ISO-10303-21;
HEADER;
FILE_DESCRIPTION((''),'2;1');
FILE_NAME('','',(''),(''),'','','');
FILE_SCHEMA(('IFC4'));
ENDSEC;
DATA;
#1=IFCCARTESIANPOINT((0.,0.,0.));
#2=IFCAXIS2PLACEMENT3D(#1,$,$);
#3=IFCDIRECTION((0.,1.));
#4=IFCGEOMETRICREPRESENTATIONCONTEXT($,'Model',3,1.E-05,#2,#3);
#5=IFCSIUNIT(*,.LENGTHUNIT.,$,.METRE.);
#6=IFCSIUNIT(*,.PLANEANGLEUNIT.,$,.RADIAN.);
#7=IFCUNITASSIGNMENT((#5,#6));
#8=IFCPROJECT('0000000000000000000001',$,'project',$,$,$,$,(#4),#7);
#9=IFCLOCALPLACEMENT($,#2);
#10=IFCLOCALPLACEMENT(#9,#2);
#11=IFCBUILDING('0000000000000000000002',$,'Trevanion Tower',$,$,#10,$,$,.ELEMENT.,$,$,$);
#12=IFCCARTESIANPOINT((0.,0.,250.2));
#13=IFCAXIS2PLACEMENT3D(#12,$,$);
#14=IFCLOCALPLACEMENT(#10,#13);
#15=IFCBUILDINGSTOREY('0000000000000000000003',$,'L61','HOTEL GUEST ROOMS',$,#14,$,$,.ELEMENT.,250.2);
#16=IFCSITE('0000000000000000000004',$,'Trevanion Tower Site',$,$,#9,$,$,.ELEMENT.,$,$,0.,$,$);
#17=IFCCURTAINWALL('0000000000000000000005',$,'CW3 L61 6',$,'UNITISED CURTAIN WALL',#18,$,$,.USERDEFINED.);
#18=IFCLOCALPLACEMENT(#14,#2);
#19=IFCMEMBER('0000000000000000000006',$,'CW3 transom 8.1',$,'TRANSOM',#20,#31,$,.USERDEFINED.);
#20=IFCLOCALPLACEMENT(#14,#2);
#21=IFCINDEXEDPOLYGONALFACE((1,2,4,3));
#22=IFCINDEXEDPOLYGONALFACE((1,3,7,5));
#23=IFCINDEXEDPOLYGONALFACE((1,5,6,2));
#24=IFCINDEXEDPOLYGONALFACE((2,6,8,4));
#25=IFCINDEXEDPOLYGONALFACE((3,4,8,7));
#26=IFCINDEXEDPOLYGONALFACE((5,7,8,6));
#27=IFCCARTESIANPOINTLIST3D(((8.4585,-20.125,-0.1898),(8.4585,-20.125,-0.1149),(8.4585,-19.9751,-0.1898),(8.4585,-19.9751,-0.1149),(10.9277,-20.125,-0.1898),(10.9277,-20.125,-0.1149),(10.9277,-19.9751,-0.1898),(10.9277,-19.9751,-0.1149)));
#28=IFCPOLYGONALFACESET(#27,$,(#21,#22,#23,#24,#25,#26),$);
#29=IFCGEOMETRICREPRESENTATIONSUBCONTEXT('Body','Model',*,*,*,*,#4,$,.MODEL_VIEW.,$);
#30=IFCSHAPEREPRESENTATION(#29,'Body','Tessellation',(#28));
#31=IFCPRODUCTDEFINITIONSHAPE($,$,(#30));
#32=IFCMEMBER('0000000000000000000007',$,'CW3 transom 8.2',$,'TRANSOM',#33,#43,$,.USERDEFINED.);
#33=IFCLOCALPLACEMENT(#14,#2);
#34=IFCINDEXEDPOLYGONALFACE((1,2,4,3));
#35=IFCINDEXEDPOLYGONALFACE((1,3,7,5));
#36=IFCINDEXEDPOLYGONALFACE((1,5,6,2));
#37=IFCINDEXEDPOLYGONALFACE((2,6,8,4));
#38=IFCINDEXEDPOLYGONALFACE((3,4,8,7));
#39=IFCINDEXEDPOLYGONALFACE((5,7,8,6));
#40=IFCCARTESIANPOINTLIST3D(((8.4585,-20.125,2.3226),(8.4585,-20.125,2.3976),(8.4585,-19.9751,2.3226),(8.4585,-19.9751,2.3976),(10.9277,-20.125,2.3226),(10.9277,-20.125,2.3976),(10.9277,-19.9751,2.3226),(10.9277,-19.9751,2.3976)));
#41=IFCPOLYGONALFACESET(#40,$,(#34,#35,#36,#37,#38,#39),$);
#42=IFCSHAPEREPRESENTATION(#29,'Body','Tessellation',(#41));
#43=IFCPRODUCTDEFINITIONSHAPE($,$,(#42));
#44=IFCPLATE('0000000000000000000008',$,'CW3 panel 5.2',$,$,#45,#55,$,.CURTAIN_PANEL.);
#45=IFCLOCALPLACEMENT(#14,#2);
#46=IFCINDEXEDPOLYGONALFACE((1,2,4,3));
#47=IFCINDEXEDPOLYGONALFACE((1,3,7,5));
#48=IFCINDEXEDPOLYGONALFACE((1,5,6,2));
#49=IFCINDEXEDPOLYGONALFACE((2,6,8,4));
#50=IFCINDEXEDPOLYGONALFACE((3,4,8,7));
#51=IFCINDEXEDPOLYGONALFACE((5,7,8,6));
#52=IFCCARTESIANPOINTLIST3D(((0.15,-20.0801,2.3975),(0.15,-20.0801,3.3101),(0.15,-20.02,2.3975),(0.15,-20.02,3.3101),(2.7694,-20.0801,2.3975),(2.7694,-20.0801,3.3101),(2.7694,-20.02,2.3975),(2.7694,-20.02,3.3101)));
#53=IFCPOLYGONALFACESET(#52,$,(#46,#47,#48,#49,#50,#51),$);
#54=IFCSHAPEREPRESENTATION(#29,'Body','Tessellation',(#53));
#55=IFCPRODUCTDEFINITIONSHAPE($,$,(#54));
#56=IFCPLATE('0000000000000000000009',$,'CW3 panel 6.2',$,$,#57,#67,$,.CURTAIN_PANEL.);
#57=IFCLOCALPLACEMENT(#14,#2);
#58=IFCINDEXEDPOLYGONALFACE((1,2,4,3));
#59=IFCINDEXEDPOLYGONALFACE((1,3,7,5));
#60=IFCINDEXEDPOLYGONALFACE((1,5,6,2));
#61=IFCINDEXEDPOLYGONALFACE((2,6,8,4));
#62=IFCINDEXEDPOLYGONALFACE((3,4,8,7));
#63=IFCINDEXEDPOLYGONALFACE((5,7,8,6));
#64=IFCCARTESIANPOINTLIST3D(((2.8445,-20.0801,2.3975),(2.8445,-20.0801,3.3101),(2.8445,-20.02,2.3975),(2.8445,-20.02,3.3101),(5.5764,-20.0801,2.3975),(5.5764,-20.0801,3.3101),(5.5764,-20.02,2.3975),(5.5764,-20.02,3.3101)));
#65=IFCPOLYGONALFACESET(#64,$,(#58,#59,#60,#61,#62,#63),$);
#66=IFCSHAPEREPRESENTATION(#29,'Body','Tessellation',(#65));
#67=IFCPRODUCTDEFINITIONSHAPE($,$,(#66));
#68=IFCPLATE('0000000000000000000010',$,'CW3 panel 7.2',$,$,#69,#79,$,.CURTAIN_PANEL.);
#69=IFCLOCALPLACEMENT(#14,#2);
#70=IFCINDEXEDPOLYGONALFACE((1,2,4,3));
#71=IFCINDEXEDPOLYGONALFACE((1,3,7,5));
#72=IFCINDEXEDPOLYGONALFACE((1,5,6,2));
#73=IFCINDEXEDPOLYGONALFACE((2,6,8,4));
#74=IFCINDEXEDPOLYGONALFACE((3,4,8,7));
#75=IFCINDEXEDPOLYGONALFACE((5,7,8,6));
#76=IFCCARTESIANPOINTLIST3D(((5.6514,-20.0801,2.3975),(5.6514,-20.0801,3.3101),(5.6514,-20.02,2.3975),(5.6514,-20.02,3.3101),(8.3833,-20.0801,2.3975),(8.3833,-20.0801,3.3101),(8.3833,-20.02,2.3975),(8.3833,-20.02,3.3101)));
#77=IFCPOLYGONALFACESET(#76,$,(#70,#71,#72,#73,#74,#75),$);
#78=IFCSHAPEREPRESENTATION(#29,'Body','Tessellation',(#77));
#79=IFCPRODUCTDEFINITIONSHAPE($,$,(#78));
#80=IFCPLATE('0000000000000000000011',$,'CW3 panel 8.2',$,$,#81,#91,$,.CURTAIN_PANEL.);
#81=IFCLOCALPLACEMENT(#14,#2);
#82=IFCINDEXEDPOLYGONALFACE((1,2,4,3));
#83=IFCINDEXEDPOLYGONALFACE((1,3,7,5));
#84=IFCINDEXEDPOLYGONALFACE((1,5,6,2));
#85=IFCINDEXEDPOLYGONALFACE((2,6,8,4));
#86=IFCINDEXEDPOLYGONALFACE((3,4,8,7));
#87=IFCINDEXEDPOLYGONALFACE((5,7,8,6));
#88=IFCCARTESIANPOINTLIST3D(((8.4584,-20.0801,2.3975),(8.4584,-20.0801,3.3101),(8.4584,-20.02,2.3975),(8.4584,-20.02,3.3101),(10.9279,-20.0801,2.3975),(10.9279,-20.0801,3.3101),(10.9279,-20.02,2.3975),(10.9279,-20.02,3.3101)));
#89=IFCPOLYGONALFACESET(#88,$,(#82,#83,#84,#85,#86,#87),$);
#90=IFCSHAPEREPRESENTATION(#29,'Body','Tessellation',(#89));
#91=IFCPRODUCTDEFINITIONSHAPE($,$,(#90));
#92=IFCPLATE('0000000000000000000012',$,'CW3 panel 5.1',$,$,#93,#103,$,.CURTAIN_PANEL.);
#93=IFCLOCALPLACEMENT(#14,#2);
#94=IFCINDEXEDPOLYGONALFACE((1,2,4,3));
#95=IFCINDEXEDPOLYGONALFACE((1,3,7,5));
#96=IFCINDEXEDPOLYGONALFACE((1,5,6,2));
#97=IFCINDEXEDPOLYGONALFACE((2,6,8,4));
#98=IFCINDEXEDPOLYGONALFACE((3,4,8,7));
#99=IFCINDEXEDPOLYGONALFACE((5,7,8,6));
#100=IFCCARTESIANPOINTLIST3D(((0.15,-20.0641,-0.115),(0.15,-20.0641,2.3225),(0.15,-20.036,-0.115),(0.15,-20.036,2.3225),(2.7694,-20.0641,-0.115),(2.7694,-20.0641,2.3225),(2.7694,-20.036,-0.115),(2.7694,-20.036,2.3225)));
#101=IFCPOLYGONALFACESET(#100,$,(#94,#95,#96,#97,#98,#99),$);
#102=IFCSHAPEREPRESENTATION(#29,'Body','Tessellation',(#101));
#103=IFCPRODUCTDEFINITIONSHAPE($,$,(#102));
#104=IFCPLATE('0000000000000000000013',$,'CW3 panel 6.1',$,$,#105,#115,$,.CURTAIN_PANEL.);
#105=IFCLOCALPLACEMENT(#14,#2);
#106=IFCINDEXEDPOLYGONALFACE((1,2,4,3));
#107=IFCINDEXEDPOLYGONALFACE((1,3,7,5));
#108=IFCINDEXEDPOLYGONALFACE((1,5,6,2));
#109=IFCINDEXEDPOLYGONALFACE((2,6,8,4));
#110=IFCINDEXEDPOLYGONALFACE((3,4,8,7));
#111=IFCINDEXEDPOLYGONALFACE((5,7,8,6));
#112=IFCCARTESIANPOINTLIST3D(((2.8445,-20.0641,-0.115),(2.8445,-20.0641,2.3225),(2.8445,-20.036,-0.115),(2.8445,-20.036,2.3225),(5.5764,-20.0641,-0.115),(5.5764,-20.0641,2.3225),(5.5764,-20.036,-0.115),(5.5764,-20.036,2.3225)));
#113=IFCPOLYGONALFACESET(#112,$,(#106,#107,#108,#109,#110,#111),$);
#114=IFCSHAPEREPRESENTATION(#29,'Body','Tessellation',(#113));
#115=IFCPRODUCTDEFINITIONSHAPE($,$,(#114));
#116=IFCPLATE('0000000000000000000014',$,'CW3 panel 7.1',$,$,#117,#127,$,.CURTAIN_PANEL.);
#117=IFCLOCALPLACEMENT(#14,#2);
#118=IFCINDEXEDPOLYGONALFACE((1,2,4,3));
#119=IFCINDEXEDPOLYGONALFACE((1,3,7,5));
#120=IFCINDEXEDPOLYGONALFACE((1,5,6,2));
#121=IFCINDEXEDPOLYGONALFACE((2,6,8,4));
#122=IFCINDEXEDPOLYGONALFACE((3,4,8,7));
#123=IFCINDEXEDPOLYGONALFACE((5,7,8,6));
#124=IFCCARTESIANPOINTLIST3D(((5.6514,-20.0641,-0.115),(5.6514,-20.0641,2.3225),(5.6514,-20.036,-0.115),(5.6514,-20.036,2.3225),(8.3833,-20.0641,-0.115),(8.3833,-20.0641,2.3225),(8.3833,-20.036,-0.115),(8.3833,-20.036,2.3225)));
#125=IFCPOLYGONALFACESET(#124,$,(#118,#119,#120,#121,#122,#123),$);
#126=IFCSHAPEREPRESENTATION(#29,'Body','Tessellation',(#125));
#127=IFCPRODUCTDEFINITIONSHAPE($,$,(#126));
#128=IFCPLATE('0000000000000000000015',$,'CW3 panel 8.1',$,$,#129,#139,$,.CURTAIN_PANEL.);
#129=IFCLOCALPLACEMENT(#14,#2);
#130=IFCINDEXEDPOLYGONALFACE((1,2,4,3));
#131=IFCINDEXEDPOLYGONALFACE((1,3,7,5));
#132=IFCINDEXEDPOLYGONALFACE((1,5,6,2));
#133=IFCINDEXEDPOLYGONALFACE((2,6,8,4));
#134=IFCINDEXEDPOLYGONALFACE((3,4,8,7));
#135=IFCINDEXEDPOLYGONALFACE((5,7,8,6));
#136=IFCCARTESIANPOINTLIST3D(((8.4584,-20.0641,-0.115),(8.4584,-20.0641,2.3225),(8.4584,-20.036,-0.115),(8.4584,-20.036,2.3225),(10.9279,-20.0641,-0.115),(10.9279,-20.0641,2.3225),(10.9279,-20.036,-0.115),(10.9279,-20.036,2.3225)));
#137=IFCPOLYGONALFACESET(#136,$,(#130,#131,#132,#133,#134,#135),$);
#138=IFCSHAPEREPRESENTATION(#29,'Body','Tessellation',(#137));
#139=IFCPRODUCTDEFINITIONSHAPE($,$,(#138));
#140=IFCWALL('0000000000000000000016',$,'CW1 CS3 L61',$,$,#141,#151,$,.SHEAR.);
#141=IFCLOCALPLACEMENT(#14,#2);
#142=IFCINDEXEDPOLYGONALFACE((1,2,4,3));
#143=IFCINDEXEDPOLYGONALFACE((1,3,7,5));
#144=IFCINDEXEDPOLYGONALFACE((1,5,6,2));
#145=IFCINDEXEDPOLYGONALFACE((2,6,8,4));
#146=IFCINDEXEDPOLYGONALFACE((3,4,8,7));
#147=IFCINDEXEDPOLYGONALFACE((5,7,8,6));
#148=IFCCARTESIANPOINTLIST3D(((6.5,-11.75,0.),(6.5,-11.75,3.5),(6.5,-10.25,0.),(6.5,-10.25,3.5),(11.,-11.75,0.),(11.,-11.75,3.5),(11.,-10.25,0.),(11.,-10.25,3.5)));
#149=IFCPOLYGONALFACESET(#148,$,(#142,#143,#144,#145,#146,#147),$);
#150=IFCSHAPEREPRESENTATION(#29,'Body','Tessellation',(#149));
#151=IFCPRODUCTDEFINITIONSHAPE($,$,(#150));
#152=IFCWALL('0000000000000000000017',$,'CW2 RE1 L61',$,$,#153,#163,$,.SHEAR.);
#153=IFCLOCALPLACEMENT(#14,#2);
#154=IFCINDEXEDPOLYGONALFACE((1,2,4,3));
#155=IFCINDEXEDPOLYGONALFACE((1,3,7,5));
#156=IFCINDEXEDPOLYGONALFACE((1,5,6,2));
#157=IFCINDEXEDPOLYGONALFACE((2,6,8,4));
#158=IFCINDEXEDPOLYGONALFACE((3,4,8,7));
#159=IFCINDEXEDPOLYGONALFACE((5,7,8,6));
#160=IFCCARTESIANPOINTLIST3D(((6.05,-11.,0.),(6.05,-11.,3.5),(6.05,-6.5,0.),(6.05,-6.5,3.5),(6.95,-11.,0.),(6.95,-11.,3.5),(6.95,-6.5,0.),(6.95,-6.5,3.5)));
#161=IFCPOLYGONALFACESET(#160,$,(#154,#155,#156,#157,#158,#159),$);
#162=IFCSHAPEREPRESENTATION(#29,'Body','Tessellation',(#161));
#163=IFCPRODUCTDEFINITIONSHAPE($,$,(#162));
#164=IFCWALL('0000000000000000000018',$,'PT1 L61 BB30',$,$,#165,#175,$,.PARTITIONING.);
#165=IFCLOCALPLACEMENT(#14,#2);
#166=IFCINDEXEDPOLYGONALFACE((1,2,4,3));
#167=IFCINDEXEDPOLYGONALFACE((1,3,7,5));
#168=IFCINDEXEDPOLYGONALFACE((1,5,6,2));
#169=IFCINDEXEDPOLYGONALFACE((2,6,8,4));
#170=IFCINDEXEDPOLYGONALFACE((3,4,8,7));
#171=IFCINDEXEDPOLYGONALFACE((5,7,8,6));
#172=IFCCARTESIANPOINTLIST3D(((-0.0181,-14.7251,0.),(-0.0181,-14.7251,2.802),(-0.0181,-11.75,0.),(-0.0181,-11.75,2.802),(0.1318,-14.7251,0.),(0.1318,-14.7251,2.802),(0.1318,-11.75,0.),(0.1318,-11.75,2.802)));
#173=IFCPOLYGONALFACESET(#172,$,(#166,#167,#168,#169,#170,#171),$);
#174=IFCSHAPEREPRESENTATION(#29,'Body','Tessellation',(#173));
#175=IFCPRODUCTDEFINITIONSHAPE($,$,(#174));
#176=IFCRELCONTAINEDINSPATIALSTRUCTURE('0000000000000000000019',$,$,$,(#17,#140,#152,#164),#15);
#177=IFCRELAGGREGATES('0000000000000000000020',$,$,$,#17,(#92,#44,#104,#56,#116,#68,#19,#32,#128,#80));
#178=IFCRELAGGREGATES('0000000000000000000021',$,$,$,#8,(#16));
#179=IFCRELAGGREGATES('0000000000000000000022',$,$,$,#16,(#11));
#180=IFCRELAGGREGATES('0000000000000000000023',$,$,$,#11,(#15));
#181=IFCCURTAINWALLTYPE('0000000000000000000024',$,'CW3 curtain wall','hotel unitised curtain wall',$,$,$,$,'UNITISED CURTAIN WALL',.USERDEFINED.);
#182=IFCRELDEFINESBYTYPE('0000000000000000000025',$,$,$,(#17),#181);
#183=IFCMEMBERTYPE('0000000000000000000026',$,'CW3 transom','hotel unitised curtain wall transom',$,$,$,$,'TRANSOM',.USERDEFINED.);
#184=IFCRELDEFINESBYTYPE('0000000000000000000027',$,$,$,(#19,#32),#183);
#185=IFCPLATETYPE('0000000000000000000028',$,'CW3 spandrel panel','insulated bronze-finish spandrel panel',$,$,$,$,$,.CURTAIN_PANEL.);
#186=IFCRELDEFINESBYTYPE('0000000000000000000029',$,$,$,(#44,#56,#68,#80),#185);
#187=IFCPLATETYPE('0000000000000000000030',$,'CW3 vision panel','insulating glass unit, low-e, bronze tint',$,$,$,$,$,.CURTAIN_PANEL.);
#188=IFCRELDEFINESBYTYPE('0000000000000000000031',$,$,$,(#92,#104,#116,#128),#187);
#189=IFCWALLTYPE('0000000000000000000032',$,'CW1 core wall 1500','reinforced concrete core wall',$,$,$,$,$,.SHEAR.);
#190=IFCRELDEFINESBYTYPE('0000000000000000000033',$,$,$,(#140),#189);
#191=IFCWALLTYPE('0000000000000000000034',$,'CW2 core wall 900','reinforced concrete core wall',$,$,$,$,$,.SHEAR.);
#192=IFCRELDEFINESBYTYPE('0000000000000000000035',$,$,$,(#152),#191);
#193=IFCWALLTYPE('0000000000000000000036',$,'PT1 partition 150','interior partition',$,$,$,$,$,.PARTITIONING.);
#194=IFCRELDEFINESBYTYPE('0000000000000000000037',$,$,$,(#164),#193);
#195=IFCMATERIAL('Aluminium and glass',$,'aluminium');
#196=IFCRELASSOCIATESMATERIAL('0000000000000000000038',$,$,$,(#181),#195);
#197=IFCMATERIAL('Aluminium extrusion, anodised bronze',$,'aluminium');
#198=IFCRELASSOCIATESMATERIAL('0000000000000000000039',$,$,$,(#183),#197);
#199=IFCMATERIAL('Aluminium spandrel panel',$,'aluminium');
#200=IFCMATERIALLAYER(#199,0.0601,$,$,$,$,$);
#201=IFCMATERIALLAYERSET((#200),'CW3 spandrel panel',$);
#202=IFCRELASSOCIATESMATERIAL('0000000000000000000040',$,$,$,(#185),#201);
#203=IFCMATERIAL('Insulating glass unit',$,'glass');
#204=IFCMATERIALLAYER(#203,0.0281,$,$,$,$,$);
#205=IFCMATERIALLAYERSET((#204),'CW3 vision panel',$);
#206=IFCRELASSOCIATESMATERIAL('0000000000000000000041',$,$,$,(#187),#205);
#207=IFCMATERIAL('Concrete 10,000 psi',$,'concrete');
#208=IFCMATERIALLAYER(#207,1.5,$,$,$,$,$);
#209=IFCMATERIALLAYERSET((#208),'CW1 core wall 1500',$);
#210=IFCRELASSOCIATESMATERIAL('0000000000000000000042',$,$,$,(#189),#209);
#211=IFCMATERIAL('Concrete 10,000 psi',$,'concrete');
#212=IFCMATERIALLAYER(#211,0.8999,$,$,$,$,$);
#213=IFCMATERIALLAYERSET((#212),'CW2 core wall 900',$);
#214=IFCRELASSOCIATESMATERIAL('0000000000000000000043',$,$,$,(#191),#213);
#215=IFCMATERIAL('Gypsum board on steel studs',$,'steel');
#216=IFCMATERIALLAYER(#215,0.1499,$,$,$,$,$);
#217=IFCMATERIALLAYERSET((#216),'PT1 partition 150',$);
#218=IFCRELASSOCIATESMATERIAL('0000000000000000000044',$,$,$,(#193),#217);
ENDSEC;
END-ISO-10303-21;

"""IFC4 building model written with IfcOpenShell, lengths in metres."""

from ifc_helpers import new_model, si_unit, direction, frame, frame_2d, origin, origin_2d, place, context, subcontext, project, spatial, rectangle, extrude, material, layer, layer_set, material_profile, profile_set, type_object, element, aggregate, save


model = new_model("IFC4")

# Units and contexts
model_context = context("Model", 3, precision=1e-05, world=origin(), true_north=direction((0.0, 1.0)))
body_context = subcontext(model_context, "Body", "Model", "MODEL_VIEW")
ifc_project = project(units=[si_unit("LENGTHUNIT", "METRE"), si_unit("PLANEANGLEUNIT", "RADIAN")], contexts=[model_context])

# Site, building, storey
site_placement = place(None, origin())
site = spatial("IfcSite", under=ifc_project, at=site_placement, Name="Trevanion Tower Site", CompositionType="ELEMENT", RefElevation=0.0)
building_placement = place(site_placement, origin())
building = spatial("IfcBuilding", under=site, at=building_placement, Name="Trevanion Tower", CompositionType="ELEMENT")
storey_placement = place(building_placement, frame((0.0, 0.0, 250.2)))
storey = spatial("IfcBuildingStorey", under=building, at=storey_placement, Name="L61", Description="HOTEL GUEST ROOMS", CompositionType="ELEMENT", Elevation=250.2)

# Curtain wall, members, plates
ifc_material_1 = material(Name="Aluminium and glass", Category="aluminium")
curtain_wall_type = type_object("IfcCurtainWallType", Name="CW3 curtain wall", Description="hotel unitised curtain wall", ElementType="UNITISED CURTAIN WALL", PredefinedType="USERDEFINED", material=ifc_material_1)
curtain_wall_placement = place(storey_placement, origin())
curtain_wall = element("IfcCurtainWall", 1, at=curtain_wall_placement, inside=storey, type_object=curtain_wall_type, Name="CW3 L61 6", ObjectType="UNITISED CURTAIN WALL", PredefinedType="USERDEFINED")
ifc_material_2 = material(Name="Aluminium extrusion, anodised bronze", Category="aluminium")
ifc_material_profile_1 = material_profile(ifc_material_2, rectangle(XDim=0.1499, YDim=0.075, at=origin_2d()), Name="CW3 transom")
ifc_profile_set_1 = profile_set([ifc_material_profile_1], Name="Aluminium extrusion, anodised bronze")
member_type_1 = type_object("IfcMemberType", Name="CW3 transom", Description="hotel unitised curtain wall transom", ElementType="TRANSOM", PredefinedType="USERDEFINED", material=ifc_profile_set_1)
member_1_placement = place(storey_placement, frame((8.4585, -20.05, -0.1523), z_axis=(1.0, 0.0, 0.0), x_axis=(0.0, 1.0, 0.0)))
member_1 = element("IfcMember", 2, at=member_1_placement, type_object=member_type_1, Name="CW3 transom 8.1", ObjectType="TRANSOM", PredefinedType="USERDEFINED", context=body_context, shape_type="SweptSolid", body=[
    extrude(rectangle(XDim=0.1499, YDim=0.075, at=origin_2d()), origin(), (0.0, 0.0, 1.0), 2.4692),
])
member_2_placement = place(storey_placement, frame((8.4585, -20.05, 2.3601), z_axis=(1.0, 0.0, 0.0), x_axis=(0.0, 1.0, 0.0)))
member_2 = element("IfcMember", 3, at=member_2_placement, type_object=member_type_1, Name="CW3 transom 8.2", ObjectType="TRANSOM", PredefinedType="USERDEFINED", context=body_context, shape_type="SweptSolid", body=[
    extrude(rectangle(XDim=0.1499, YDim=0.075, at=origin_2d()), origin(), (0.0, 0.0, 1.0), 2.4692),
])
ifc_material_3 = material(Name="Aluminium spandrel panel", Category="aluminium")
ifc_layer_1 = layer(ifc_material_3, 0.0601)
ifc_layer_set_1 = layer_set([ifc_layer_1], Name="CW3 spandrel panel")
plate_type_1 = type_object("IfcPlateType", Name="CW3 spandrel panel", Description="insulated bronze-finish spandrel panel", PredefinedType="CURTAIN_PANEL", material=ifc_layer_set_1)
plate_1_placement = place(storey_placement, frame((1.4597, -20.05, 2.3975), z_axis=(0.0, 0.0, 1.0), x_axis=(1.0, 0.0, 0.0)))
plate_1 = element("IfcPlate", 4, at=plate_1_placement, type_object=plate_type_1, Name="CW3 panel 5.2", PredefinedType="CURTAIN_PANEL", context=body_context, shape_type="SweptSolid", body=[
    extrude(rectangle(XDim=2.6194, YDim=0.0601, at=origin_2d()), origin(), (0.0, 0.0, 1.0), 0.9126),
])
plate_2_placement = place(storey_placement, frame((4.2104, -20.05, 2.3975), z_axis=(0.0, 0.0, 1.0), x_axis=(1.0, 0.0, 0.0)))
plate_2 = element("IfcPlate", 5, at=plate_2_placement, type_object=plate_type_1, Name="CW3 panel 6.2", PredefinedType="CURTAIN_PANEL", context=body_context, shape_type="SweptSolid", body=[
    extrude(rectangle(XDim=2.7319, YDim=0.0601, at=origin_2d()), origin(), (0.0, 0.0, 1.0), 0.9126),
])
plate_3_placement = place(storey_placement, frame((7.0173, -20.05, 2.3975), z_axis=(0.0, 0.0, 1.0), x_axis=(1.0, 0.0, 0.0)))
plate_3 = element("IfcPlate", 6, at=plate_3_placement, type_object=plate_type_1, Name="CW3 panel 7.2", PredefinedType="CURTAIN_PANEL", context=body_context, shape_type="SweptSolid", body=[
    extrude(rectangle(XDim=2.7319, YDim=0.0601, at=origin_2d()), origin(), (0.0, 0.0, 1.0), 0.9126),
])
plate_4_placement = place(storey_placement, frame((9.6931, -20.05, 2.3975), z_axis=(0.0, 0.0, 1.0), x_axis=(1.0, 0.0, 0.0)))
plate_4 = element("IfcPlate", 7, at=plate_4_placement, type_object=plate_type_1, Name="CW3 panel 8.2", PredefinedType="CURTAIN_PANEL", context=body_context, shape_type="SweptSolid", body=[
    extrude(rectangle(XDim=2.4695, YDim=0.0601, at=origin_2d()), origin(), (0.0, 0.0, 1.0), 0.9126),
])
ifc_material_4 = material(Name="Insulating glass unit", Category="glass")
ifc_layer_2 = layer(ifc_material_4, 0.0281)
ifc_layer_set_2 = layer_set([ifc_layer_2], Name="CW3 vision panel")
plate_type_2 = type_object("IfcPlateType", Name="CW3 vision panel", Description="insulating glass unit, low-e, bronze tint", PredefinedType="CURTAIN_PANEL", material=ifc_layer_set_2)
plate_5_placement = place(storey_placement, frame((1.4597, -20.05, -0.115), z_axis=(0.0, 0.0, 1.0), x_axis=(1.0, 0.0, 0.0)))
plate_5 = element("IfcPlate", 8, at=plate_5_placement, type_object=plate_type_2, Name="CW3 panel 5.1", PredefinedType="CURTAIN_PANEL", context=body_context, shape_type="SweptSolid", body=[
    extrude(rectangle(XDim=2.6194, YDim=0.0281, at=origin_2d()), origin(), (0.0, 0.0, 1.0), 2.4375),
])
plate_6_placement = place(storey_placement, frame((4.2104, -20.05, -0.115), z_axis=(0.0, 0.0, 1.0), x_axis=(1.0, 0.0, 0.0)))
plate_6 = element("IfcPlate", 9, at=plate_6_placement, type_object=plate_type_2, Name="CW3 panel 6.1", PredefinedType="CURTAIN_PANEL", context=body_context, shape_type="SweptSolid", body=[
    extrude(rectangle(XDim=2.7319, YDim=0.0281, at=origin_2d()), origin(), (0.0, 0.0, 1.0), 2.4375),
])
plate_7_placement = place(storey_placement, frame((7.0173, -20.05, -0.115), z_axis=(0.0, 0.0, 1.0), x_axis=(1.0, 0.0, 0.0)))
plate_7 = element("IfcPlate", 10, at=plate_7_placement, type_object=plate_type_2, Name="CW3 panel 7.1", PredefinedType="CURTAIN_PANEL", context=body_context, shape_type="SweptSolid", body=[
    extrude(rectangle(XDim=2.7319, YDim=0.0281, at=origin_2d()), origin(), (0.0, 0.0, 1.0), 2.4375),
])
plate_8_placement = place(storey_placement, frame((9.6931, -20.05, -0.115), z_axis=(0.0, 0.0, 1.0), x_axis=(1.0, 0.0, 0.0)))
plate_8 = element("IfcPlate", 11, at=plate_8_placement, type_object=plate_type_2, Name="CW3 panel 8.1", PredefinedType="CURTAIN_PANEL", context=body_context, shape_type="SweptSolid", body=[
    extrude(rectangle(XDim=2.4695, YDim=0.0281, at=origin_2d()), origin(), (0.0, 0.0, 1.0), 2.4375),
])
aggregate(curtain_wall, [plate_5, plate_1, plate_6, plate_2, plate_7, plate_3, member_1, member_2, plate_8, plate_4])

# Walls
ifc_material_5 = material(Name="Concrete 10,000 psi", Category="concrete")
ifc_layer_3 = layer(ifc_material_5, 1.5)
ifc_layer_set_3 = layer_set([ifc_layer_3], Name="CW1 core wall 1500")
wall_type_1 = type_object("IfcWallType", Name="CW1 core wall 1500", Description="reinforced concrete core wall", PredefinedType="SHEAR", material=ifc_layer_set_3)
wall_1_placement = place(storey_placement, frame((6.5, -11.0, 0.0), z_axis=(0.0, 0.0, 1.0), x_axis=(1.0, 0.0, 0.0)))
element("IfcWall", 12, at=wall_1_placement, inside=storey, type_object=wall_type_1, Name="CW1 CS3 L61", PredefinedType="SHEAR", context=body_context, shape_type="SweptSolid", body=[
    extrude(rectangle(XDim=4.5, YDim=1.5, at=frame_2d((2.25, 0.0))), origin(), (0.0, 0.0, 1.0), 3.5),
])
ifc_material_6 = material(Name="Concrete 10,000 psi", Category="concrete")
ifc_layer_4 = layer(ifc_material_6, 0.8999)
ifc_layer_set_4 = layer_set([ifc_layer_4], Name="CW2 core wall 900")
wall_type_2 = type_object("IfcWallType", Name="CW2 core wall 900", Description="reinforced concrete core wall", PredefinedType="SHEAR", material=ifc_layer_set_4)
wall_2_placement = place(storey_placement, frame((6.5, -11.0, 0.0), z_axis=(0.0, 0.0, 1.0), x_axis=(0.0, 1.0, 0.0)))
element("IfcWall", 13, at=wall_2_placement, inside=storey, type_object=wall_type_2, Name="CW2 RE1 L61", PredefinedType="SHEAR", context=body_context, shape_type="SweptSolid", body=[
    extrude(rectangle(XDim=4.5, YDim=0.8999, at=frame_2d((2.25, 0.0))), origin(), (0.0, 0.0, 1.0), 3.5),
])
ifc_material_7 = material(Name="Gypsum board on steel studs", Category="steel")
ifc_layer_5 = layer(ifc_material_7, 0.1499)
ifc_layer_set_5 = layer_set([ifc_layer_5], Name="PT1 partition 150")
wall_type_3 = type_object("IfcWallType", Name="PT1 partition 150", Description="interior partition", PredefinedType="PARTITIONING", material=ifc_layer_set_5)
wall_3_placement = place(storey_placement, frame((0.0569, -11.75, 0.0), z_axis=(0.0, 0.0, 1.0), x_axis=(0.0, -1.0, 0.0)))
element("IfcWall", 14, at=wall_3_placement, inside=storey, type_object=wall_type_3, Name="PT1 L61 BB30", PredefinedType="PARTITIONING", context=body_context, shape_type="SweptSolid", body=[
    extrude(rectangle(XDim=2.9751, YDim=0.1499, at=frame_2d((1.4875, 0.0))), origin(), (0.0, 0.0, 1.0), 2.802),
])

save(model, "model.ifc")
